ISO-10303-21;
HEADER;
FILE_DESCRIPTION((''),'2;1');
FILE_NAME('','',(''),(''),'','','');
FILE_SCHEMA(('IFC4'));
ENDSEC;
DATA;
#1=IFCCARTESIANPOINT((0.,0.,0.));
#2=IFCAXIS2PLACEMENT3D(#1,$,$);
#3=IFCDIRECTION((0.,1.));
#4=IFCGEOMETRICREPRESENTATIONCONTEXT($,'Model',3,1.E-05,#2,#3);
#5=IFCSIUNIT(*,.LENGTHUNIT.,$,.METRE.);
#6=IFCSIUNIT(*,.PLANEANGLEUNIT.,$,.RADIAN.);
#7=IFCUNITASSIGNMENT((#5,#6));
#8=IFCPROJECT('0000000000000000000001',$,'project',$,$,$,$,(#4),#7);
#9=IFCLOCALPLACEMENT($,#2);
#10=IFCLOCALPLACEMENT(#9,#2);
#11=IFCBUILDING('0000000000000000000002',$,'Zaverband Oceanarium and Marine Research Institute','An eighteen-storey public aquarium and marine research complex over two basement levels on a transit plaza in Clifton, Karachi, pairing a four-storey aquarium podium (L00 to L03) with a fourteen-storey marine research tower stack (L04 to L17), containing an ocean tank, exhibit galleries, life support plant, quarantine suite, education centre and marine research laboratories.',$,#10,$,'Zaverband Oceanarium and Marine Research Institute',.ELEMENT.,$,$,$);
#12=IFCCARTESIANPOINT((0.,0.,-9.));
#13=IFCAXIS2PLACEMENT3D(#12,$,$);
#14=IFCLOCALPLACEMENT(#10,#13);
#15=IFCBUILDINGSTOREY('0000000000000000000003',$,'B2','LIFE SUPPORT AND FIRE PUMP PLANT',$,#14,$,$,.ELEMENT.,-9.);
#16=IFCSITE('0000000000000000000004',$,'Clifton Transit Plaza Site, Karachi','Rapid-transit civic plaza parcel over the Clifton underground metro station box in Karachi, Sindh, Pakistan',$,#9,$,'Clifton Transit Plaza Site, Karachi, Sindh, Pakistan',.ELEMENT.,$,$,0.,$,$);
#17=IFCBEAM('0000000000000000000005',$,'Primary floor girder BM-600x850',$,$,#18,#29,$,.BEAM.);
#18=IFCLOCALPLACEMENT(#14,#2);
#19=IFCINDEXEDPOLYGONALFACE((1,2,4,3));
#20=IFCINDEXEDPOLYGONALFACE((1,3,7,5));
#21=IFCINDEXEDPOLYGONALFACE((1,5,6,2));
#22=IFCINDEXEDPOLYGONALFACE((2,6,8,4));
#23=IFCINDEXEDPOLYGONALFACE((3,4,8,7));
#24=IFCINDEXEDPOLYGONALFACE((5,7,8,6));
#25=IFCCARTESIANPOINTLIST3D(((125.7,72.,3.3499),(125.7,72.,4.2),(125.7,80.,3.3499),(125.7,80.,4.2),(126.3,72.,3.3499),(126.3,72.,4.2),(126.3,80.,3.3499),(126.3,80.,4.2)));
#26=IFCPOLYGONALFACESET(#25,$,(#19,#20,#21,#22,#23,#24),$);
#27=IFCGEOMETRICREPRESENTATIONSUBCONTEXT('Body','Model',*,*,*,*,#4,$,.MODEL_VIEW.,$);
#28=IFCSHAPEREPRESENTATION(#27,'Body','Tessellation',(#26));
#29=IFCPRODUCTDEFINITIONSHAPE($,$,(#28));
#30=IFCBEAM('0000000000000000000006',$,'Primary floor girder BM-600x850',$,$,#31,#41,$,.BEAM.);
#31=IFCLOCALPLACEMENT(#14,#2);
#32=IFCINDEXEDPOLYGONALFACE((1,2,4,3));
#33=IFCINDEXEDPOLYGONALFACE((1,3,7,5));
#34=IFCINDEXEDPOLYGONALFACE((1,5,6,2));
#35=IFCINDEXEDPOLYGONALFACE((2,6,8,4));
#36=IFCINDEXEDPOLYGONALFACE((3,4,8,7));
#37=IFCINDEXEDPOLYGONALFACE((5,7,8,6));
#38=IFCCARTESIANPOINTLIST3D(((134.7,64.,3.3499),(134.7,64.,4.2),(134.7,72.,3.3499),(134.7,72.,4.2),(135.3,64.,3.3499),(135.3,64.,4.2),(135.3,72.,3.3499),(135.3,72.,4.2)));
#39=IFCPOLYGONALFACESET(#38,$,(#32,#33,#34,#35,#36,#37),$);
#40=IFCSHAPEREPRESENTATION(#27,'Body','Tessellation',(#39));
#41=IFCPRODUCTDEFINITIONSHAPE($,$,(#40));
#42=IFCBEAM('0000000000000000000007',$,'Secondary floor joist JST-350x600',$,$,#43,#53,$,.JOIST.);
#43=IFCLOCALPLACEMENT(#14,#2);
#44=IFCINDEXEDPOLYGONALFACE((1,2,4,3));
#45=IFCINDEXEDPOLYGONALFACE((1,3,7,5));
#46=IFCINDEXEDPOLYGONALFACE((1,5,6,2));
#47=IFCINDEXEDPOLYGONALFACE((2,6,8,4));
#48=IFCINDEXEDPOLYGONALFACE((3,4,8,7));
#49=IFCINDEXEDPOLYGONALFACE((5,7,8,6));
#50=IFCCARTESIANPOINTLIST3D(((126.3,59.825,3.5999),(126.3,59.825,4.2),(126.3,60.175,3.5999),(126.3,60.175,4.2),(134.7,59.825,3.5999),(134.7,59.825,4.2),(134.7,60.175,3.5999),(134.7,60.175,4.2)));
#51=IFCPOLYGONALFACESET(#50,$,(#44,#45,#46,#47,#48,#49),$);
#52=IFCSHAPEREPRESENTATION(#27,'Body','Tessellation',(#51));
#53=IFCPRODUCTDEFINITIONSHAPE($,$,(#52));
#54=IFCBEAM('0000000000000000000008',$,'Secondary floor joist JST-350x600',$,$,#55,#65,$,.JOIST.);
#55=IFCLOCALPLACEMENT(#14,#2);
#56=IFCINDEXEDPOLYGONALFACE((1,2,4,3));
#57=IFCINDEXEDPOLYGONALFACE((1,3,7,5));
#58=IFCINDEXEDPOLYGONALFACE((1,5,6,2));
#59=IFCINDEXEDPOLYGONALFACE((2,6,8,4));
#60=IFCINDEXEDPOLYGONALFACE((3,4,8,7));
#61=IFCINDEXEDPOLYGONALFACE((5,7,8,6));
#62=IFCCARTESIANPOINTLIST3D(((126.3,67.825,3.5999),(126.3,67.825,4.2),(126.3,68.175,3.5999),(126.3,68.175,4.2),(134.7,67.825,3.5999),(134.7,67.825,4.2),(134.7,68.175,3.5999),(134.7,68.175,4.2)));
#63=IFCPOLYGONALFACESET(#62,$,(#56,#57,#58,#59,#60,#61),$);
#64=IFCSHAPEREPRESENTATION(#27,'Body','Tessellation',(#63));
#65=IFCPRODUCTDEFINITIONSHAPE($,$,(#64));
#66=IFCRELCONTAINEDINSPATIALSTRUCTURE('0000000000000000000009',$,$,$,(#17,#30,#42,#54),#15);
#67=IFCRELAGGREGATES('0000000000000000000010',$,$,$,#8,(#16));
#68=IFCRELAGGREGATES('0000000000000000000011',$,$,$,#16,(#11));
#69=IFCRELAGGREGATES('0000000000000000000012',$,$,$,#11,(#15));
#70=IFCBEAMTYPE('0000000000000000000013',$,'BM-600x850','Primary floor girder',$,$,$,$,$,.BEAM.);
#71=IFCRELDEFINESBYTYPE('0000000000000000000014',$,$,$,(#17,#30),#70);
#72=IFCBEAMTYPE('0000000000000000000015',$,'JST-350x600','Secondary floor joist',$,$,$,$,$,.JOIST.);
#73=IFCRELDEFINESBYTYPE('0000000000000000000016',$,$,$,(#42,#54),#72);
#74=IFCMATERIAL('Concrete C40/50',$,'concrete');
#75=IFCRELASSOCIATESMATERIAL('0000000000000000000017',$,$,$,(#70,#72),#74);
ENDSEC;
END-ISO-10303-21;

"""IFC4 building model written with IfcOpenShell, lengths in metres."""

from ifc_helpers import new_model, si_unit, direction, frame, origin, origin_2d, place, context, subcontext, project, spatial, rectangle, extrude, material, material_profile, profile_set, type_object, element, save


model = new_model("IFC4")

# Units and contexts
model_context = context("Model", 3, precision=1e-05, world=origin(), true_north=direction((0.0, 1.0)))
body_context = subcontext(model_context, "Body", "Model", "MODEL_VIEW")
ifc_project = project(units=[si_unit("LENGTHUNIT", "METRE"), si_unit("PLANEANGLEUNIT", "RADIAN")], contexts=[model_context])

# Site, building, storey
site_placement = place(None, origin())
site = spatial("IfcSite", under=ifc_project, at=site_placement, Name="Clifton Transit Plaza Site, Karachi", Description="Rapid-transit civic plaza parcel over the Clifton underground metro station box in Karachi, Sindh, Pakistan", LongName="Clifton Transit Plaza Site, Karachi, Sindh, Pakistan", CompositionType="ELEMENT", RefElevation=0.0)
building_placement = place(site_placement, origin())
building = spatial("IfcBuilding", under=site, at=building_placement, Name="Zaverband Oceanarium and Marine Research Institute", Description="An eighteen-storey public aquarium and marine research complex over two basement levels on a transit plaza in Clifton, Karachi, pairing a four-storey aquarium podium (L00 to L03) with a fourteen-storey marine research tower stack (L04 to L17), containing an ocean tank, exhibit galleries, life support plant, quarantine suite, education centre and marine research laboratories.", LongName="Zaverband Oceanarium and Marine Research Institute", CompositionType="ELEMENT")
storey_placement = place(building_placement, frame((0.0, 0.0, -9.0)))
storey = spatial("IfcBuildingStorey", under=building, at=storey_placement, Name="B2", Description="LIFE SUPPORT AND FIRE PUMP PLANT", CompositionType="ELEMENT", Elevation=-9.0)

# Beams
ifc_material_1 = material(Name="Concrete C40/50", Category="concrete")
ifc_material_profile_1 = material_profile(ifc_material_1, rectangle(XDim=0.6001, YDim=0.8501, at=origin_2d()), Name="RC600x850")
ifc_profile_set_1 = profile_set([ifc_material_profile_1], Name="Concrete C40/50")
beam_type_1 = type_object("IfcBeamType", Name="BM-600x850", Description="Primary floor girder", PredefinedType="BEAM", material=ifc_profile_set_1)
for number, where, z_axis, x_axis, name in (
    (1, (126.0, 72.0, 3.7749), (0.0, 1.0, 0.0), (-1.0, 0.0, 0.0), "Primary floor girder BM-600x850"),
    (2, (135.0, 64.0, 3.7749), (0.0, 1.0, 0.0), (-1.0, 0.0, 0.0), "Primary floor girder BM-600x850"),
):
    element("IfcBeam", number, at=place(storey_placement, frame(where, z_axis=z_axis, x_axis=x_axis)), inside=storey, type_object=beam_type_1, Name=name, PredefinedType="BEAM", context=body_context, shape_type="SweptSolid", body=[
        extrude(rectangle(XDim=0.6001, YDim=0.8501, at=origin_2d()), origin(), (0.0, 0.0, 1.0), 8.0),
    ])
ifc_material_profile_2 = material_profile(ifc_material_1, rectangle(XDim=0.3501, YDim=0.6001, at=origin_2d()), Name="RC350x600")
ifc_profile_set_2 = profile_set([ifc_material_profile_2], Name="Concrete C40/50")
beam_type_2 = type_object("IfcBeamType", Name="JST-350x600", Description="Secondary floor joist", PredefinedType="JOIST", material=ifc_profile_set_2)
for number, where, z_axis, x_axis, name in (
    (3, (126.3, 60.0, 3.8999), (1.0, 0.0, 0.0), (0.0, 1.0, 0.0), "Secondary floor joist JST-350x600"),
    (4, (126.3, 68.0, 3.8999), (1.0, 0.0, 0.0), (0.0, 1.0, 0.0), "Secondary floor joist JST-350x600"),
):
    element("IfcBeam", number, at=place(storey_placement, frame(where, z_axis=z_axis, x_axis=x_axis)), inside=storey, type_object=beam_type_2, Name=name, PredefinedType="JOIST", context=body_context, shape_type="SweptSolid", body=[
        extrude(rectangle(XDim=0.3501, YDim=0.6001, at=origin_2d()), origin(), (0.0, 0.0, 1.0), 8.3999),
    ])

save(model, "model.ifc")
